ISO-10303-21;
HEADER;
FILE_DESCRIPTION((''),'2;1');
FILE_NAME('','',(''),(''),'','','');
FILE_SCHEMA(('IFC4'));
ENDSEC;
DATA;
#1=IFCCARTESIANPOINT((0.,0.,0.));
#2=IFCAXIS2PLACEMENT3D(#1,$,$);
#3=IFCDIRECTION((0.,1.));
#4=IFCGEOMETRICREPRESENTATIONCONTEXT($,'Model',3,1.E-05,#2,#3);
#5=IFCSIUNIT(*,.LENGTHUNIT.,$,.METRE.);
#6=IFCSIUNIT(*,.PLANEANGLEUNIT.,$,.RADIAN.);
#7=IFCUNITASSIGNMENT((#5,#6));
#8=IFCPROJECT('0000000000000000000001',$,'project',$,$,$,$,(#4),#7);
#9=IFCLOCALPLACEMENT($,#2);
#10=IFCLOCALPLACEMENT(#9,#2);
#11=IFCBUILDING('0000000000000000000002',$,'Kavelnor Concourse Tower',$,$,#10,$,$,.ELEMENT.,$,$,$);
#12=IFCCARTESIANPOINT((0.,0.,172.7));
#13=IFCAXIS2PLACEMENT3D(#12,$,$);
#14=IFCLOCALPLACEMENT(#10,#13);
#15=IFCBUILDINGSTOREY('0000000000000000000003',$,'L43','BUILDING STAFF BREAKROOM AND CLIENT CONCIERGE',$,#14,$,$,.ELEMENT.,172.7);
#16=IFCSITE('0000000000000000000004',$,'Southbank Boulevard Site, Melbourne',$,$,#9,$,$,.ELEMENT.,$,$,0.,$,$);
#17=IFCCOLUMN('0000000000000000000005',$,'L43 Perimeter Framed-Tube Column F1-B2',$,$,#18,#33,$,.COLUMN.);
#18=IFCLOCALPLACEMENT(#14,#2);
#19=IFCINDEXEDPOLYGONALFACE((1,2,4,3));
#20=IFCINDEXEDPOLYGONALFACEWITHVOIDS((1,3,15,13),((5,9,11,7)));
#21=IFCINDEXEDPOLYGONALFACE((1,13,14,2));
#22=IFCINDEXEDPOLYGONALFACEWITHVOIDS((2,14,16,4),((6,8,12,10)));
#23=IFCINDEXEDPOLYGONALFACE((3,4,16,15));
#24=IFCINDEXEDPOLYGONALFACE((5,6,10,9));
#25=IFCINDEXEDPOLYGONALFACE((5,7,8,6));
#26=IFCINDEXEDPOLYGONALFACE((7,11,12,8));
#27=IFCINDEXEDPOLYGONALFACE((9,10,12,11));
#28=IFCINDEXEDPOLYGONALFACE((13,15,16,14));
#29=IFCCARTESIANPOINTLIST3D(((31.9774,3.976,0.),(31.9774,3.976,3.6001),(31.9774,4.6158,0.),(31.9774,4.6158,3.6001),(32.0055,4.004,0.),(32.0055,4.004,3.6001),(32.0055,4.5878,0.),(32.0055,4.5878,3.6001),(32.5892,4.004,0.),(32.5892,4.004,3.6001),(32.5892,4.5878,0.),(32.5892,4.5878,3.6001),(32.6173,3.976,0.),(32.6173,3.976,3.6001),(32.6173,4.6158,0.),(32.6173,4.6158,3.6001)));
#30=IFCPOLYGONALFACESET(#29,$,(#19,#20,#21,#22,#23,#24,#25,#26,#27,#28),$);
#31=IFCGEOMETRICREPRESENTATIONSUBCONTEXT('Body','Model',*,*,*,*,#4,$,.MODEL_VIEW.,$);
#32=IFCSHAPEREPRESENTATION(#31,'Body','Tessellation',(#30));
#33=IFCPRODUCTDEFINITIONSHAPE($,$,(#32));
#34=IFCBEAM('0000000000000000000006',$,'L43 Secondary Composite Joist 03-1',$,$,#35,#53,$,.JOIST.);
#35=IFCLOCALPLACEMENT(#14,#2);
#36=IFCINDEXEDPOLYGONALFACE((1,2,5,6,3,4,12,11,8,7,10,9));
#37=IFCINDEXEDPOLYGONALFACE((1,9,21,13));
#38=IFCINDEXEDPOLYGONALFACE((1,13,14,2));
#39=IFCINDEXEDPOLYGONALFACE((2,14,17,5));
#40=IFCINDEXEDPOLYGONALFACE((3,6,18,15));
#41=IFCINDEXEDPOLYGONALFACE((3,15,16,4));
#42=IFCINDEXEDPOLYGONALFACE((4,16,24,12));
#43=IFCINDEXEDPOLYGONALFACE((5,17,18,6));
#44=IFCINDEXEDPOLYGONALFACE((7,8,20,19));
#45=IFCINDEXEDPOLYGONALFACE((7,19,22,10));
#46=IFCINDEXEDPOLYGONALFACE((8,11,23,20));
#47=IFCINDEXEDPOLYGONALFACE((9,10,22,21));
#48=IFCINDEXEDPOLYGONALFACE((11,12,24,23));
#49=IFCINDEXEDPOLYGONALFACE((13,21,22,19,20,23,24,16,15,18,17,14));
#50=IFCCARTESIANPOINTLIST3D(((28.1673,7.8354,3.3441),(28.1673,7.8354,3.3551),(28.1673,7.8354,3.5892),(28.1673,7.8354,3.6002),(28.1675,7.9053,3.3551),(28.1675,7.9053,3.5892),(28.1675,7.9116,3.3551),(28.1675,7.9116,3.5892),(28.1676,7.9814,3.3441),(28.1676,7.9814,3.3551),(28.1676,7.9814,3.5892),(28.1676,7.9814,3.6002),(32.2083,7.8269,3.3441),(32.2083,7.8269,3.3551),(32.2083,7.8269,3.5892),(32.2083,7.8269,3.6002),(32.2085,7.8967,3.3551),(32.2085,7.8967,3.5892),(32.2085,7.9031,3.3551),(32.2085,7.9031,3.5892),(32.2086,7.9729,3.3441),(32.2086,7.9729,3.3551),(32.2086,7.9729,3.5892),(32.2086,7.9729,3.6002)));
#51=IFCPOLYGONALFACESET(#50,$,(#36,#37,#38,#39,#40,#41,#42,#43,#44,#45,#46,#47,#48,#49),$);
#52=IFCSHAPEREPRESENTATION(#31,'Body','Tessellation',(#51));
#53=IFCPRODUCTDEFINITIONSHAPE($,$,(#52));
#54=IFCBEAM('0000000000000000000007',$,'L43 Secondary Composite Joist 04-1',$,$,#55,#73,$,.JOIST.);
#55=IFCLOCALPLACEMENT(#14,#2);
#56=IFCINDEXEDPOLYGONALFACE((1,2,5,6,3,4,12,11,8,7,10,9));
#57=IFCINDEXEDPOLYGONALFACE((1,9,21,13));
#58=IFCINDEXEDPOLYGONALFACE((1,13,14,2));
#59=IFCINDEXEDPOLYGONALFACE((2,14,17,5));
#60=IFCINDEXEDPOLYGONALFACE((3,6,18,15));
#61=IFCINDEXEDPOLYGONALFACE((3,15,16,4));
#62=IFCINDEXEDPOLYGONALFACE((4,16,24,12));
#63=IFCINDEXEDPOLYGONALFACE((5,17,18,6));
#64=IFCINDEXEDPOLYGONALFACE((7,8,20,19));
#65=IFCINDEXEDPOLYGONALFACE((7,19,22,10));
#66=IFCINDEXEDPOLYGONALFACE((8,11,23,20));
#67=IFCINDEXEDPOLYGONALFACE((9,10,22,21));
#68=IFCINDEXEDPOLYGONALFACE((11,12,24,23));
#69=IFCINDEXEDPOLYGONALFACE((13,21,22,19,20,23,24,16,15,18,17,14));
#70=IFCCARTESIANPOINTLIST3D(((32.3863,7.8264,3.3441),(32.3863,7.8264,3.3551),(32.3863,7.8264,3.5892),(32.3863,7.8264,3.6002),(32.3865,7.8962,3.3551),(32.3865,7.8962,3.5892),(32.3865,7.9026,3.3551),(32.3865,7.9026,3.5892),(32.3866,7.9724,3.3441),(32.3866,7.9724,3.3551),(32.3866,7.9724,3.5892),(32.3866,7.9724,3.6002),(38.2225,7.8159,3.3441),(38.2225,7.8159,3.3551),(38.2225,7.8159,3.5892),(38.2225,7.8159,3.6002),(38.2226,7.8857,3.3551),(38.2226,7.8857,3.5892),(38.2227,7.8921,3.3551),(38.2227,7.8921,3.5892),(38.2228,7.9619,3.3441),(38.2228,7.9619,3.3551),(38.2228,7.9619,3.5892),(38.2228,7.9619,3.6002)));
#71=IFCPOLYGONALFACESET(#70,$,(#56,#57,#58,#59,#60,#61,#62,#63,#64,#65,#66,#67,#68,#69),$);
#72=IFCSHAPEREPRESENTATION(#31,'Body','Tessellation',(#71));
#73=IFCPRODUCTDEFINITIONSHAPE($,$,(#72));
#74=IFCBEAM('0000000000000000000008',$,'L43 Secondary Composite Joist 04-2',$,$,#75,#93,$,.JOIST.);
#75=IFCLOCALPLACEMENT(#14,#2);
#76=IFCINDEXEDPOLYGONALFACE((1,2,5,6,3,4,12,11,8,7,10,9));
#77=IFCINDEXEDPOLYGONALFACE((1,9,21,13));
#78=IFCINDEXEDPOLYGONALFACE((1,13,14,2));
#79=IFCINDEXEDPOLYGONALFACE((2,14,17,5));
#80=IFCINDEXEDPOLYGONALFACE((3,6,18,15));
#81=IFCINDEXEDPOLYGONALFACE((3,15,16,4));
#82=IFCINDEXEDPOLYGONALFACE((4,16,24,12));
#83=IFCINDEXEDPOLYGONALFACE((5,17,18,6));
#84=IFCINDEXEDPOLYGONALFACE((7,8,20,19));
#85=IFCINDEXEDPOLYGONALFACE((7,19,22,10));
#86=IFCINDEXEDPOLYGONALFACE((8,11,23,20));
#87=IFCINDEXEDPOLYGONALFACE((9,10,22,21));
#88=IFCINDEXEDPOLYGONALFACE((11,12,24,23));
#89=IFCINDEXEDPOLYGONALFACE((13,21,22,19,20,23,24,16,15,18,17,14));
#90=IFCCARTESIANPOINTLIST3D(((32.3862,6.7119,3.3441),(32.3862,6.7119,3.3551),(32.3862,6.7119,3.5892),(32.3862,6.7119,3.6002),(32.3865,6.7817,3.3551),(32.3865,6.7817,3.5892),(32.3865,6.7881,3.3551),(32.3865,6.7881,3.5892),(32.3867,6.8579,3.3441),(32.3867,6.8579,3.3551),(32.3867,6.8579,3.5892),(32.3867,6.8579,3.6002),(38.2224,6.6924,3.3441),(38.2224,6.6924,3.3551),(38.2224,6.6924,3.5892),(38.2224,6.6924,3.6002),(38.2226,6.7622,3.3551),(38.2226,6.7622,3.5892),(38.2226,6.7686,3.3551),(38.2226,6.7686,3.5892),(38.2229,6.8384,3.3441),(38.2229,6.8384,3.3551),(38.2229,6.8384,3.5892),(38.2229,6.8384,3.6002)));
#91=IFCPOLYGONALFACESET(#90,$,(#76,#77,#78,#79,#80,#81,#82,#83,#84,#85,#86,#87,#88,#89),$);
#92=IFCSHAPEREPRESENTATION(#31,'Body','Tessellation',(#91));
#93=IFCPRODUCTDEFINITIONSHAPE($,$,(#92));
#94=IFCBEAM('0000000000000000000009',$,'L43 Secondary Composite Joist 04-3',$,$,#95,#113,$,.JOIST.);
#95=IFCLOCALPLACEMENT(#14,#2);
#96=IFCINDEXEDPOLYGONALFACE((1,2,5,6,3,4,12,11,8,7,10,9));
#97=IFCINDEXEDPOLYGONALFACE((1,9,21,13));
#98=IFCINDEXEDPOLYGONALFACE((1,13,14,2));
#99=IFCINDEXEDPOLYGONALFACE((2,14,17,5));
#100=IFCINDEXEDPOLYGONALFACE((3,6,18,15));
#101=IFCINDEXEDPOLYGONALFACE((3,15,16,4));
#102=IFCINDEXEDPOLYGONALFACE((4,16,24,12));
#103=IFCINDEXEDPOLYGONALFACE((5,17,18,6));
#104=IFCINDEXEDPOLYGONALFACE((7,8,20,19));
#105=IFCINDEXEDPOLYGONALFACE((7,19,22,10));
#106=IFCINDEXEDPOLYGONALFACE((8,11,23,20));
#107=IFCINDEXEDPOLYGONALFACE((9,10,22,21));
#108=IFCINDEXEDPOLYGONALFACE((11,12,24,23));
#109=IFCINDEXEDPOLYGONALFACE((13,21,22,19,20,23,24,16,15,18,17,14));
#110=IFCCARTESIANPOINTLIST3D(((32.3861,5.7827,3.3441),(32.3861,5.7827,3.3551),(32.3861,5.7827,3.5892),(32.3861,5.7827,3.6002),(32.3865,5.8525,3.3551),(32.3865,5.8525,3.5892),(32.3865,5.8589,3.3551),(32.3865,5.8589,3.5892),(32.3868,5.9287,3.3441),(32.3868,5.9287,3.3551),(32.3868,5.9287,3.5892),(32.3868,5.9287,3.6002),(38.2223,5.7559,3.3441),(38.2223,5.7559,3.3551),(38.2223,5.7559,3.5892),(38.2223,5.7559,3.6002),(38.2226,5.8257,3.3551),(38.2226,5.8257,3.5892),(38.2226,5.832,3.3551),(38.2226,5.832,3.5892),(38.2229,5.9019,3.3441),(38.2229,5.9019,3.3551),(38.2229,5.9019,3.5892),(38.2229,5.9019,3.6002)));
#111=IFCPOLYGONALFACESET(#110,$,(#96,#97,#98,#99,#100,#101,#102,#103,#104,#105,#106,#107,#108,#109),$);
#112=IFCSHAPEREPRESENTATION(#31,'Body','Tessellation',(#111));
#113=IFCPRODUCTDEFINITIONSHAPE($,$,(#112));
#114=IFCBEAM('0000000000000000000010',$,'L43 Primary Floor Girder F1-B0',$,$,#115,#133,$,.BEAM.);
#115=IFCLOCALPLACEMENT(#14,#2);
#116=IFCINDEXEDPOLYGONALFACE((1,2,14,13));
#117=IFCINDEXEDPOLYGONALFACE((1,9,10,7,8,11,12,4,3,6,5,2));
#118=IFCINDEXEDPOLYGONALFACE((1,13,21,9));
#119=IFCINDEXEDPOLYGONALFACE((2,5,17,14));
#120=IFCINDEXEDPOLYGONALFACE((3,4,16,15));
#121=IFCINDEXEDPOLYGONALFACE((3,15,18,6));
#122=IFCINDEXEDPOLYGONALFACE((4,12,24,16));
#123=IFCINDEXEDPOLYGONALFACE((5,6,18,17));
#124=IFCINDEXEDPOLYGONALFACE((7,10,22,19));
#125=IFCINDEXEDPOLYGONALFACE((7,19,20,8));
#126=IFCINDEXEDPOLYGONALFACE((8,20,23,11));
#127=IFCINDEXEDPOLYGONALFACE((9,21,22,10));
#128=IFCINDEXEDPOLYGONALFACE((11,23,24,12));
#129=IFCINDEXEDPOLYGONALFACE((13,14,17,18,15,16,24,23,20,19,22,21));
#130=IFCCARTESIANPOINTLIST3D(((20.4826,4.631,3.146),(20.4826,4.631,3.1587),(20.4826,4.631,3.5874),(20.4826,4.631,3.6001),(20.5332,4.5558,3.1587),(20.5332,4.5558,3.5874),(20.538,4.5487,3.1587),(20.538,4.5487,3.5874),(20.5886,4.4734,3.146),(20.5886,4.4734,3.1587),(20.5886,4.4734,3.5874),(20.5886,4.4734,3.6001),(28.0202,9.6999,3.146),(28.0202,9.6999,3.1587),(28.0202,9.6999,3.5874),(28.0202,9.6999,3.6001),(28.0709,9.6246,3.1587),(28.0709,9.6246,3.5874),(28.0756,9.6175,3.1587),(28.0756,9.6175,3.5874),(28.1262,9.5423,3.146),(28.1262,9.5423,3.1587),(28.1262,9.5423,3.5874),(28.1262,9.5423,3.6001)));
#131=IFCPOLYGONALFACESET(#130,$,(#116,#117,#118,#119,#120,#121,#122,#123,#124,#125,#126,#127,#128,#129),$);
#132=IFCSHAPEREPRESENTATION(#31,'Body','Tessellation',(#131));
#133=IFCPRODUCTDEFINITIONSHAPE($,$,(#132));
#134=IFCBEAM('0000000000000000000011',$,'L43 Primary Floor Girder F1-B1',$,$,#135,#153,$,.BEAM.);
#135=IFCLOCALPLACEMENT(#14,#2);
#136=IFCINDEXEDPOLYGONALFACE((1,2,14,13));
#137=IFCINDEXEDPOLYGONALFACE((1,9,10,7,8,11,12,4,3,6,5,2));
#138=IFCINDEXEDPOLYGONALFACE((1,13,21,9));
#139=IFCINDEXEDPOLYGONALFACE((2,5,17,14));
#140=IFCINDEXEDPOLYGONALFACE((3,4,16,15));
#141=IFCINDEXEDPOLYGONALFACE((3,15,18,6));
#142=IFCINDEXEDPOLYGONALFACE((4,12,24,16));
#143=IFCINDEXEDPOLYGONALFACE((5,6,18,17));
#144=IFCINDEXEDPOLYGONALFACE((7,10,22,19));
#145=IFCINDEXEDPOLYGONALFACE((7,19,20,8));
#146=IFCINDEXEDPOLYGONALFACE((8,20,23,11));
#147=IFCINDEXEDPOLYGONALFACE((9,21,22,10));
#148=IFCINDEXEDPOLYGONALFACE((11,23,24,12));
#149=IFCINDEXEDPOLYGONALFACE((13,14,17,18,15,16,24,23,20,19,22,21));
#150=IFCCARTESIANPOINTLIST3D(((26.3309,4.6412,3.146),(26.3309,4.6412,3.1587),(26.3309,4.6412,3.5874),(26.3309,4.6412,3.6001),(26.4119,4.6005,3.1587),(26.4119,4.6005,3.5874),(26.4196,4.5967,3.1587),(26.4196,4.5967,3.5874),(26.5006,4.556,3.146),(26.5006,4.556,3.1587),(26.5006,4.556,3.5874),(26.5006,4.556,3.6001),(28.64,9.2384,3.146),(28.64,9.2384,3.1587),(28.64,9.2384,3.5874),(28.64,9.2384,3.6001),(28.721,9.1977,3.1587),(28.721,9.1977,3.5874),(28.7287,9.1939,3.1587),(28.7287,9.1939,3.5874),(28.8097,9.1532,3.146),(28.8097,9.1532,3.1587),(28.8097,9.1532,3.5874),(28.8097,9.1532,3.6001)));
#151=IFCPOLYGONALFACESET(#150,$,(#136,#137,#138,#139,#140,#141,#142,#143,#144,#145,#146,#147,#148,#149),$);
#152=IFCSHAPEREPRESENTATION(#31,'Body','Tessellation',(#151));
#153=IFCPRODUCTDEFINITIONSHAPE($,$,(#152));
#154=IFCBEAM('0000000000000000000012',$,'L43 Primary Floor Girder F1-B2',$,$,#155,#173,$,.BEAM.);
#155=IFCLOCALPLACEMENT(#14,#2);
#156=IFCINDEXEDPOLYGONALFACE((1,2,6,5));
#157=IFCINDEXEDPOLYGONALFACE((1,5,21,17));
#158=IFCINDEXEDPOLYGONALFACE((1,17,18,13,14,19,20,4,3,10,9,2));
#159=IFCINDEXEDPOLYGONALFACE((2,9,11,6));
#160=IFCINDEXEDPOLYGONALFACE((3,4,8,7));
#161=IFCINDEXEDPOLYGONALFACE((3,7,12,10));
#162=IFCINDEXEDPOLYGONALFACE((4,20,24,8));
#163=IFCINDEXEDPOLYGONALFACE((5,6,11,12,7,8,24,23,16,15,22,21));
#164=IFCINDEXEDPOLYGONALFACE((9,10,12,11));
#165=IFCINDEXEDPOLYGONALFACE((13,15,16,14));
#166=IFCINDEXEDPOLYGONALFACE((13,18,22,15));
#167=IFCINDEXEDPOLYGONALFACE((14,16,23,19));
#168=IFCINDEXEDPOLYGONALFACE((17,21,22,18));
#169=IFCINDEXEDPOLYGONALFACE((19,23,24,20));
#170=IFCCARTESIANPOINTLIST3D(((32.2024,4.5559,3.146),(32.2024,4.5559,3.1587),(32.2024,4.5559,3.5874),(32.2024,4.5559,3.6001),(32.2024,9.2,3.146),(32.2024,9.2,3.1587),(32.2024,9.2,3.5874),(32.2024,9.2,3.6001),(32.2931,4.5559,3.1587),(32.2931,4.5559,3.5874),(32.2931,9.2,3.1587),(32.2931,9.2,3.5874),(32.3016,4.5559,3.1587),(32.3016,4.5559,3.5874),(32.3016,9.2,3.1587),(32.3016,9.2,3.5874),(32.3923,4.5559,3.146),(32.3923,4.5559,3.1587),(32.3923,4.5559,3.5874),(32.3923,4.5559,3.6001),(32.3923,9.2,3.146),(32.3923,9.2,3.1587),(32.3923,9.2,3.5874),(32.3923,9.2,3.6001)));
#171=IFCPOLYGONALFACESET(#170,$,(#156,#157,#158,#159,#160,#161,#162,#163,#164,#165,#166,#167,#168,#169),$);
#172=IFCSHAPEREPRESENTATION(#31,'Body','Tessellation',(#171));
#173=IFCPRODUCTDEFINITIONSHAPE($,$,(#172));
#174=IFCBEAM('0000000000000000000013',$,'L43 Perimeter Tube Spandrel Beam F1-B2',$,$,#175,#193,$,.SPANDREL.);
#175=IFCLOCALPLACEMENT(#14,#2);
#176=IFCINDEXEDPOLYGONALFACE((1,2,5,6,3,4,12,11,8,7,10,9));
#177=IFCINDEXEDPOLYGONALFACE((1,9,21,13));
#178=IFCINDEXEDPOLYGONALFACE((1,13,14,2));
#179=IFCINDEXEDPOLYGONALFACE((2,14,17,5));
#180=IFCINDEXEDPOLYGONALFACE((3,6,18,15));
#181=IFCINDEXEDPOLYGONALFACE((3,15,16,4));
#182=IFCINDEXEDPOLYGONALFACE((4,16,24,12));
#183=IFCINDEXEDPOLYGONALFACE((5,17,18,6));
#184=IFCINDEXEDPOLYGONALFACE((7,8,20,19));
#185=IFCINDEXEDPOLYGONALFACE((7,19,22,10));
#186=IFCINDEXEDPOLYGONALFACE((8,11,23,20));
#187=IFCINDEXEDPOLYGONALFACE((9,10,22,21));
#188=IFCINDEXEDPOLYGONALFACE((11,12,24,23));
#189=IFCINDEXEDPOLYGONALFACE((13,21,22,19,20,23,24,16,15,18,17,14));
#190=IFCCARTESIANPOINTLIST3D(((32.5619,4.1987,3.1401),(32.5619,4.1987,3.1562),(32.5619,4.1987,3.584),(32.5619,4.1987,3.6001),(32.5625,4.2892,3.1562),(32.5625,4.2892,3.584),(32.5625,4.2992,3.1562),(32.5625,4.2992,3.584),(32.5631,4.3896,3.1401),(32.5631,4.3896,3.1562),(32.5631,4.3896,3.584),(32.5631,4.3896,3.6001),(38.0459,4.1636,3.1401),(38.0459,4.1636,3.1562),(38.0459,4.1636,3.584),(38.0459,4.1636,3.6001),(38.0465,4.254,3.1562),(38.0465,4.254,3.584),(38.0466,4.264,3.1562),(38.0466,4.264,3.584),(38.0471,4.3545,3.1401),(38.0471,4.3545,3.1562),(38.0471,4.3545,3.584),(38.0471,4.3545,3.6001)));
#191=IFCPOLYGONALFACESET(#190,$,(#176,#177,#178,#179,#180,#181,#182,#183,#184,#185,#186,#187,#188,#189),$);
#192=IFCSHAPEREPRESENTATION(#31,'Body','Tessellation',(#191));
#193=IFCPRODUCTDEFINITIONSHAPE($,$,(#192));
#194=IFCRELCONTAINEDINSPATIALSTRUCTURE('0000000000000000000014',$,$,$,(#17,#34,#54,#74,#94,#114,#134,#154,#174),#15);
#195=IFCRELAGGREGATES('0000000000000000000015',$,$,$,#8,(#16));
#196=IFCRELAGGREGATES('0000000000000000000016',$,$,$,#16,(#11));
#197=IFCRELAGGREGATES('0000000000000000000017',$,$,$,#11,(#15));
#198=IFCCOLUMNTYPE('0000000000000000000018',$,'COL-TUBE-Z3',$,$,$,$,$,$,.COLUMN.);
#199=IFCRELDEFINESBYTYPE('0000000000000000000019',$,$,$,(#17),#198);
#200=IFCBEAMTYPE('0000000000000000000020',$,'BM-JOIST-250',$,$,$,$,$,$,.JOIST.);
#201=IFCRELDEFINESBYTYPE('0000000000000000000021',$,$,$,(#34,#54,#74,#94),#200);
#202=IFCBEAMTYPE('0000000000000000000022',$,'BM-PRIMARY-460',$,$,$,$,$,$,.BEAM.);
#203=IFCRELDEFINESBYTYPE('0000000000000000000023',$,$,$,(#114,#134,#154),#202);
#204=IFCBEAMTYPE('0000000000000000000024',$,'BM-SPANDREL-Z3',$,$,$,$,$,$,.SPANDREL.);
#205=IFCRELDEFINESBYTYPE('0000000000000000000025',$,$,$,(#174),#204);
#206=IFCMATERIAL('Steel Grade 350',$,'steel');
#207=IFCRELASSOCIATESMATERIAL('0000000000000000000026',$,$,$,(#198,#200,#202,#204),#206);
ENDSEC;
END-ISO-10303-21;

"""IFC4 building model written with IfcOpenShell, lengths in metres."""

from ifc_helpers import new_model, si_unit, direction, frame, origin, origin_2d, place, context, subcontext, project, spatial, hollow_rectangle, i_section, extrude, material, material_profile, profile_set, type_object, element, save


model = new_model("IFC4")

# Units and contexts
model_context = context("Model", 3, precision=1e-05, world=origin(), true_north=direction((0.0, 1.0)))
body_context = subcontext(model_context, "Body", "Model", "MODEL_VIEW")
ifc_project = project(units=[si_unit("LENGTHUNIT", "METRE"), si_unit("PLANEANGLEUNIT", "RADIAN")], contexts=[model_context])

# Site, building, storey
site_placement = place(None, origin())
site = spatial("IfcSite", under=ifc_project, at=site_placement, Name="Southbank Boulevard Site, Melbourne", CompositionType="ELEMENT", RefElevation=0.0)
building_placement = place(site_placement, origin())
building = spatial("IfcBuilding", under=site, at=building_placement, Name="Kavelnor Concourse Tower", CompositionType="ELEMENT")
storey_placement = place(building_placement, frame((0.0, 0.0, 172.7)))
storey = spatial("IfcBuildingStorey", under=building, at=storey_placement, Name="L43", Description="BUILDING STAFF BREAKROOM AND CLIENT CONCIERGE", CompositionType="ELEMENT", Elevation=172.7)

# Column
ifc_material_1 = material(Name="Steel Grade 350", Category="steel")
ifc_material_profile_1 = material_profile(ifc_material_1, hollow_rectangle(XDim=0.6399, YDim=0.6399, WallThickness=0.0281, at=origin_2d()), Name="SHS 640x640x28")
ifc_profile_set_1 = profile_set([ifc_material_profile_1], Name="Steel Grade 350")
column_type = type_object("IfcColumnType", Name="COL-TUBE-Z3", PredefinedType="COLUMN", material=ifc_profile_set_1)
column_placement = place(storey_placement, frame((32.2974, 4.2959, 0.0), z_axis=(0.0, 0.0, 1.0), x_axis=(1.0, 0.0, 0.0)))
element("IfcColumn", 1, at=column_placement, inside=storey, type_object=column_type, Name="L43 Perimeter Framed-Tube Column F1-B2", PredefinedType="COLUMN", context=body_context, shape_type="SweptSolid", body=[
    extrude(hollow_rectangle(XDim=0.6399, YDim=0.6399, WallThickness=0.0281, at=origin_2d()), origin(), (0.0, 0.0, 1.0), 3.6001),
])

# Beams
ifc_material_profile_2 = material_profile(ifc_material_1, i_section(OverallWidth=0.146, OverallDepth=0.2561, WebThickness=0.0063, FlangeThickness=0.011, at=origin_2d()), Name="250UB37")
ifc_profile_set_2 = profile_set([ifc_material_profile_2], Name="Steel Grade 350")
beam_type_1 = type_object("IfcBeamType", Name="BM-JOIST-250", PredefinedType="JOIST", material=ifc_profile_set_2)
beam_1_placement = place(storey_placement, frame((28.1675, 7.9084, 3.4722), z_axis=(0.999998, -0.002115, 0.0), x_axis=(0.002115, 0.999998, 0.0)))
element("IfcBeam", 2, at=beam_1_placement, inside=storey, type_object=beam_type_1, Name="L43 Secondary Composite Joist 03-1", PredefinedType="JOIST", context=body_context, shape_type="SweptSolid", body=[
    extrude(i_section(OverallWidth=0.146, OverallDepth=0.2561, WebThickness=0.0063, FlangeThickness=0.011, at=origin_2d()), origin(), (0.0, 0.0, 1.0), 4.041),
])
for number, where, z_axis, x_axis, name in (
    (3, (32.3865, 7.8994, 3.4722), (0.999998, -0.001799, 0.0), (0.001799, 0.999998, 0.0), "L43 Secondary Composite Joist 04-1"),
    (4, (32.3865, 6.7849, 3.4722), (0.999994, -0.003347, 0.0), (0.003347, 0.999994, 0.0), "L43 Secondary Composite Joist 04-2"),
    (5, (32.3865, 5.8557, 3.4722), (0.999989, -0.004601, 0.0), (0.004601, 0.999989, 0.0), "L43 Secondary Composite Joist 04-3"),
):
    element("IfcBeam", number, at=place(storey_placement, frame(where, z_axis=z_axis, x_axis=x_axis)), inside=storey, type_object=beam_type_1, Name=name, PredefinedType="JOIST", context=body_context, shape_type="SweptSolid", body=[
        extrude(i_section(OverallWidth=0.146, OverallDepth=0.2561, WebThickness=0.0063, FlangeThickness=0.011, at=origin_2d()), origin(), (0.0, 0.0, 1.0), 5.8362),
    ])
ifc_material_profile_3 = material_profile(ifc_material_1, i_section(OverallWidth=0.1899, OverallDepth=0.4541, WebThickness=0.0085, FlangeThickness=0.0127, at=origin_2d()), Name="460UB67")
ifc_profile_set_3 = profile_set([ifc_material_profile_3], Name="Steel Grade 350")
beam_type_2 = type_object("IfcBeamType", Name="BM-PRIMARY-460", PredefinedType="BEAM", material=ifc_profile_set_3)
beam_2_placement = place(storey_placement, frame((28.0732, 9.6211, 3.373), z_axis=(-0.829819, -0.558033, 0.0), x_axis=(0.558033, -0.829819, 0.0)))
element("IfcBeam", 6, at=beam_2_placement, inside=storey, type_object=beam_type_2, Name="L43 Primary Floor Girder F1-B0", PredefinedType="BEAM", context=body_context, shape_type="SweptSolid", body=[
    extrude(i_section(OverallWidth=0.1899, OverallDepth=0.4541, WebThickness=0.0085, FlangeThickness=0.0127, at=origin_2d()), origin(), (0.0, 0.0, 1.0), 9.0835),
])
beam_3_placement = place(storey_placement, frame((28.7249, 9.1958, 3.373), z_axis=(-0.448845, -0.893609, 0.0), x_axis=(0.893609, -0.448845, 0.0)))
element("IfcBeam", 7, at=beam_3_placement, inside=storey, type_object=beam_type_2, Name="L43 Primary Floor Girder F1-B1", PredefinedType="BEAM", context=body_context, shape_type="SweptSolid", body=[
    extrude(i_section(OverallWidth=0.1899, OverallDepth=0.4541, WebThickness=0.0085, FlangeThickness=0.0127, at=origin_2d()), origin(), (0.0, 0.0, 1.0), 5.1445),
])
beam_4_placement = place(storey_placement, frame((32.2974, 9.2, 3.373), z_axis=(0.0, -1.0, 0.0), x_axis=(1.0, 0.0, 0.0)))
element("IfcBeam", 8, at=beam_4_placement, inside=storey, type_object=beam_type_2, Name="L43 Primary Floor Girder F1-B2", PredefinedType="BEAM", context=body_context, shape_type="SweptSolid", body=[
    extrude(i_section(OverallWidth=0.1899, OverallDepth=0.4541, WebThickness=0.0085, FlangeThickness=0.0127, at=origin_2d()), origin(), (0.0, 0.0, 1.0), 4.644),
])
ifc_material_profile_4 = material_profile(ifc_material_1, i_section(OverallWidth=0.1909, OverallDepth=0.46, WebThickness=0.01, FlangeThickness=0.0161, at=origin_2d()), Name="460UB82")
ifc_profile_set_4 = profile_set([ifc_material_profile_4], Name="Steel Grade 350")
beam_type_3 = type_object("IfcBeamType", Name="BM-SPANDREL-Z3", PredefinedType="SPANDREL", material=ifc_profile_set_4)
beam_5_placement = place(storey_placement, frame((32.5625, 4.2942, 3.3701), z_axis=(0.999979, -0.00641, 0.0), x_axis=(0.00641, 0.999979, 0.0)))
element("IfcBeam", 9, at=beam_5_placement, inside=storey, type_object=beam_type_3, Name="L43 Perimeter Tube Spandrel Beam F1-B2", PredefinedType="SPANDREL", context=body_context, shape_type="SweptSolid", body=[
    extrude(i_section(OverallWidth=0.1909, OverallDepth=0.46, WebThickness=0.01, FlangeThickness=0.0161, at=origin_2d()), origin(), (0.0, 0.0, 1.0), 5.4841),
])

save(model, "model.ifc")
